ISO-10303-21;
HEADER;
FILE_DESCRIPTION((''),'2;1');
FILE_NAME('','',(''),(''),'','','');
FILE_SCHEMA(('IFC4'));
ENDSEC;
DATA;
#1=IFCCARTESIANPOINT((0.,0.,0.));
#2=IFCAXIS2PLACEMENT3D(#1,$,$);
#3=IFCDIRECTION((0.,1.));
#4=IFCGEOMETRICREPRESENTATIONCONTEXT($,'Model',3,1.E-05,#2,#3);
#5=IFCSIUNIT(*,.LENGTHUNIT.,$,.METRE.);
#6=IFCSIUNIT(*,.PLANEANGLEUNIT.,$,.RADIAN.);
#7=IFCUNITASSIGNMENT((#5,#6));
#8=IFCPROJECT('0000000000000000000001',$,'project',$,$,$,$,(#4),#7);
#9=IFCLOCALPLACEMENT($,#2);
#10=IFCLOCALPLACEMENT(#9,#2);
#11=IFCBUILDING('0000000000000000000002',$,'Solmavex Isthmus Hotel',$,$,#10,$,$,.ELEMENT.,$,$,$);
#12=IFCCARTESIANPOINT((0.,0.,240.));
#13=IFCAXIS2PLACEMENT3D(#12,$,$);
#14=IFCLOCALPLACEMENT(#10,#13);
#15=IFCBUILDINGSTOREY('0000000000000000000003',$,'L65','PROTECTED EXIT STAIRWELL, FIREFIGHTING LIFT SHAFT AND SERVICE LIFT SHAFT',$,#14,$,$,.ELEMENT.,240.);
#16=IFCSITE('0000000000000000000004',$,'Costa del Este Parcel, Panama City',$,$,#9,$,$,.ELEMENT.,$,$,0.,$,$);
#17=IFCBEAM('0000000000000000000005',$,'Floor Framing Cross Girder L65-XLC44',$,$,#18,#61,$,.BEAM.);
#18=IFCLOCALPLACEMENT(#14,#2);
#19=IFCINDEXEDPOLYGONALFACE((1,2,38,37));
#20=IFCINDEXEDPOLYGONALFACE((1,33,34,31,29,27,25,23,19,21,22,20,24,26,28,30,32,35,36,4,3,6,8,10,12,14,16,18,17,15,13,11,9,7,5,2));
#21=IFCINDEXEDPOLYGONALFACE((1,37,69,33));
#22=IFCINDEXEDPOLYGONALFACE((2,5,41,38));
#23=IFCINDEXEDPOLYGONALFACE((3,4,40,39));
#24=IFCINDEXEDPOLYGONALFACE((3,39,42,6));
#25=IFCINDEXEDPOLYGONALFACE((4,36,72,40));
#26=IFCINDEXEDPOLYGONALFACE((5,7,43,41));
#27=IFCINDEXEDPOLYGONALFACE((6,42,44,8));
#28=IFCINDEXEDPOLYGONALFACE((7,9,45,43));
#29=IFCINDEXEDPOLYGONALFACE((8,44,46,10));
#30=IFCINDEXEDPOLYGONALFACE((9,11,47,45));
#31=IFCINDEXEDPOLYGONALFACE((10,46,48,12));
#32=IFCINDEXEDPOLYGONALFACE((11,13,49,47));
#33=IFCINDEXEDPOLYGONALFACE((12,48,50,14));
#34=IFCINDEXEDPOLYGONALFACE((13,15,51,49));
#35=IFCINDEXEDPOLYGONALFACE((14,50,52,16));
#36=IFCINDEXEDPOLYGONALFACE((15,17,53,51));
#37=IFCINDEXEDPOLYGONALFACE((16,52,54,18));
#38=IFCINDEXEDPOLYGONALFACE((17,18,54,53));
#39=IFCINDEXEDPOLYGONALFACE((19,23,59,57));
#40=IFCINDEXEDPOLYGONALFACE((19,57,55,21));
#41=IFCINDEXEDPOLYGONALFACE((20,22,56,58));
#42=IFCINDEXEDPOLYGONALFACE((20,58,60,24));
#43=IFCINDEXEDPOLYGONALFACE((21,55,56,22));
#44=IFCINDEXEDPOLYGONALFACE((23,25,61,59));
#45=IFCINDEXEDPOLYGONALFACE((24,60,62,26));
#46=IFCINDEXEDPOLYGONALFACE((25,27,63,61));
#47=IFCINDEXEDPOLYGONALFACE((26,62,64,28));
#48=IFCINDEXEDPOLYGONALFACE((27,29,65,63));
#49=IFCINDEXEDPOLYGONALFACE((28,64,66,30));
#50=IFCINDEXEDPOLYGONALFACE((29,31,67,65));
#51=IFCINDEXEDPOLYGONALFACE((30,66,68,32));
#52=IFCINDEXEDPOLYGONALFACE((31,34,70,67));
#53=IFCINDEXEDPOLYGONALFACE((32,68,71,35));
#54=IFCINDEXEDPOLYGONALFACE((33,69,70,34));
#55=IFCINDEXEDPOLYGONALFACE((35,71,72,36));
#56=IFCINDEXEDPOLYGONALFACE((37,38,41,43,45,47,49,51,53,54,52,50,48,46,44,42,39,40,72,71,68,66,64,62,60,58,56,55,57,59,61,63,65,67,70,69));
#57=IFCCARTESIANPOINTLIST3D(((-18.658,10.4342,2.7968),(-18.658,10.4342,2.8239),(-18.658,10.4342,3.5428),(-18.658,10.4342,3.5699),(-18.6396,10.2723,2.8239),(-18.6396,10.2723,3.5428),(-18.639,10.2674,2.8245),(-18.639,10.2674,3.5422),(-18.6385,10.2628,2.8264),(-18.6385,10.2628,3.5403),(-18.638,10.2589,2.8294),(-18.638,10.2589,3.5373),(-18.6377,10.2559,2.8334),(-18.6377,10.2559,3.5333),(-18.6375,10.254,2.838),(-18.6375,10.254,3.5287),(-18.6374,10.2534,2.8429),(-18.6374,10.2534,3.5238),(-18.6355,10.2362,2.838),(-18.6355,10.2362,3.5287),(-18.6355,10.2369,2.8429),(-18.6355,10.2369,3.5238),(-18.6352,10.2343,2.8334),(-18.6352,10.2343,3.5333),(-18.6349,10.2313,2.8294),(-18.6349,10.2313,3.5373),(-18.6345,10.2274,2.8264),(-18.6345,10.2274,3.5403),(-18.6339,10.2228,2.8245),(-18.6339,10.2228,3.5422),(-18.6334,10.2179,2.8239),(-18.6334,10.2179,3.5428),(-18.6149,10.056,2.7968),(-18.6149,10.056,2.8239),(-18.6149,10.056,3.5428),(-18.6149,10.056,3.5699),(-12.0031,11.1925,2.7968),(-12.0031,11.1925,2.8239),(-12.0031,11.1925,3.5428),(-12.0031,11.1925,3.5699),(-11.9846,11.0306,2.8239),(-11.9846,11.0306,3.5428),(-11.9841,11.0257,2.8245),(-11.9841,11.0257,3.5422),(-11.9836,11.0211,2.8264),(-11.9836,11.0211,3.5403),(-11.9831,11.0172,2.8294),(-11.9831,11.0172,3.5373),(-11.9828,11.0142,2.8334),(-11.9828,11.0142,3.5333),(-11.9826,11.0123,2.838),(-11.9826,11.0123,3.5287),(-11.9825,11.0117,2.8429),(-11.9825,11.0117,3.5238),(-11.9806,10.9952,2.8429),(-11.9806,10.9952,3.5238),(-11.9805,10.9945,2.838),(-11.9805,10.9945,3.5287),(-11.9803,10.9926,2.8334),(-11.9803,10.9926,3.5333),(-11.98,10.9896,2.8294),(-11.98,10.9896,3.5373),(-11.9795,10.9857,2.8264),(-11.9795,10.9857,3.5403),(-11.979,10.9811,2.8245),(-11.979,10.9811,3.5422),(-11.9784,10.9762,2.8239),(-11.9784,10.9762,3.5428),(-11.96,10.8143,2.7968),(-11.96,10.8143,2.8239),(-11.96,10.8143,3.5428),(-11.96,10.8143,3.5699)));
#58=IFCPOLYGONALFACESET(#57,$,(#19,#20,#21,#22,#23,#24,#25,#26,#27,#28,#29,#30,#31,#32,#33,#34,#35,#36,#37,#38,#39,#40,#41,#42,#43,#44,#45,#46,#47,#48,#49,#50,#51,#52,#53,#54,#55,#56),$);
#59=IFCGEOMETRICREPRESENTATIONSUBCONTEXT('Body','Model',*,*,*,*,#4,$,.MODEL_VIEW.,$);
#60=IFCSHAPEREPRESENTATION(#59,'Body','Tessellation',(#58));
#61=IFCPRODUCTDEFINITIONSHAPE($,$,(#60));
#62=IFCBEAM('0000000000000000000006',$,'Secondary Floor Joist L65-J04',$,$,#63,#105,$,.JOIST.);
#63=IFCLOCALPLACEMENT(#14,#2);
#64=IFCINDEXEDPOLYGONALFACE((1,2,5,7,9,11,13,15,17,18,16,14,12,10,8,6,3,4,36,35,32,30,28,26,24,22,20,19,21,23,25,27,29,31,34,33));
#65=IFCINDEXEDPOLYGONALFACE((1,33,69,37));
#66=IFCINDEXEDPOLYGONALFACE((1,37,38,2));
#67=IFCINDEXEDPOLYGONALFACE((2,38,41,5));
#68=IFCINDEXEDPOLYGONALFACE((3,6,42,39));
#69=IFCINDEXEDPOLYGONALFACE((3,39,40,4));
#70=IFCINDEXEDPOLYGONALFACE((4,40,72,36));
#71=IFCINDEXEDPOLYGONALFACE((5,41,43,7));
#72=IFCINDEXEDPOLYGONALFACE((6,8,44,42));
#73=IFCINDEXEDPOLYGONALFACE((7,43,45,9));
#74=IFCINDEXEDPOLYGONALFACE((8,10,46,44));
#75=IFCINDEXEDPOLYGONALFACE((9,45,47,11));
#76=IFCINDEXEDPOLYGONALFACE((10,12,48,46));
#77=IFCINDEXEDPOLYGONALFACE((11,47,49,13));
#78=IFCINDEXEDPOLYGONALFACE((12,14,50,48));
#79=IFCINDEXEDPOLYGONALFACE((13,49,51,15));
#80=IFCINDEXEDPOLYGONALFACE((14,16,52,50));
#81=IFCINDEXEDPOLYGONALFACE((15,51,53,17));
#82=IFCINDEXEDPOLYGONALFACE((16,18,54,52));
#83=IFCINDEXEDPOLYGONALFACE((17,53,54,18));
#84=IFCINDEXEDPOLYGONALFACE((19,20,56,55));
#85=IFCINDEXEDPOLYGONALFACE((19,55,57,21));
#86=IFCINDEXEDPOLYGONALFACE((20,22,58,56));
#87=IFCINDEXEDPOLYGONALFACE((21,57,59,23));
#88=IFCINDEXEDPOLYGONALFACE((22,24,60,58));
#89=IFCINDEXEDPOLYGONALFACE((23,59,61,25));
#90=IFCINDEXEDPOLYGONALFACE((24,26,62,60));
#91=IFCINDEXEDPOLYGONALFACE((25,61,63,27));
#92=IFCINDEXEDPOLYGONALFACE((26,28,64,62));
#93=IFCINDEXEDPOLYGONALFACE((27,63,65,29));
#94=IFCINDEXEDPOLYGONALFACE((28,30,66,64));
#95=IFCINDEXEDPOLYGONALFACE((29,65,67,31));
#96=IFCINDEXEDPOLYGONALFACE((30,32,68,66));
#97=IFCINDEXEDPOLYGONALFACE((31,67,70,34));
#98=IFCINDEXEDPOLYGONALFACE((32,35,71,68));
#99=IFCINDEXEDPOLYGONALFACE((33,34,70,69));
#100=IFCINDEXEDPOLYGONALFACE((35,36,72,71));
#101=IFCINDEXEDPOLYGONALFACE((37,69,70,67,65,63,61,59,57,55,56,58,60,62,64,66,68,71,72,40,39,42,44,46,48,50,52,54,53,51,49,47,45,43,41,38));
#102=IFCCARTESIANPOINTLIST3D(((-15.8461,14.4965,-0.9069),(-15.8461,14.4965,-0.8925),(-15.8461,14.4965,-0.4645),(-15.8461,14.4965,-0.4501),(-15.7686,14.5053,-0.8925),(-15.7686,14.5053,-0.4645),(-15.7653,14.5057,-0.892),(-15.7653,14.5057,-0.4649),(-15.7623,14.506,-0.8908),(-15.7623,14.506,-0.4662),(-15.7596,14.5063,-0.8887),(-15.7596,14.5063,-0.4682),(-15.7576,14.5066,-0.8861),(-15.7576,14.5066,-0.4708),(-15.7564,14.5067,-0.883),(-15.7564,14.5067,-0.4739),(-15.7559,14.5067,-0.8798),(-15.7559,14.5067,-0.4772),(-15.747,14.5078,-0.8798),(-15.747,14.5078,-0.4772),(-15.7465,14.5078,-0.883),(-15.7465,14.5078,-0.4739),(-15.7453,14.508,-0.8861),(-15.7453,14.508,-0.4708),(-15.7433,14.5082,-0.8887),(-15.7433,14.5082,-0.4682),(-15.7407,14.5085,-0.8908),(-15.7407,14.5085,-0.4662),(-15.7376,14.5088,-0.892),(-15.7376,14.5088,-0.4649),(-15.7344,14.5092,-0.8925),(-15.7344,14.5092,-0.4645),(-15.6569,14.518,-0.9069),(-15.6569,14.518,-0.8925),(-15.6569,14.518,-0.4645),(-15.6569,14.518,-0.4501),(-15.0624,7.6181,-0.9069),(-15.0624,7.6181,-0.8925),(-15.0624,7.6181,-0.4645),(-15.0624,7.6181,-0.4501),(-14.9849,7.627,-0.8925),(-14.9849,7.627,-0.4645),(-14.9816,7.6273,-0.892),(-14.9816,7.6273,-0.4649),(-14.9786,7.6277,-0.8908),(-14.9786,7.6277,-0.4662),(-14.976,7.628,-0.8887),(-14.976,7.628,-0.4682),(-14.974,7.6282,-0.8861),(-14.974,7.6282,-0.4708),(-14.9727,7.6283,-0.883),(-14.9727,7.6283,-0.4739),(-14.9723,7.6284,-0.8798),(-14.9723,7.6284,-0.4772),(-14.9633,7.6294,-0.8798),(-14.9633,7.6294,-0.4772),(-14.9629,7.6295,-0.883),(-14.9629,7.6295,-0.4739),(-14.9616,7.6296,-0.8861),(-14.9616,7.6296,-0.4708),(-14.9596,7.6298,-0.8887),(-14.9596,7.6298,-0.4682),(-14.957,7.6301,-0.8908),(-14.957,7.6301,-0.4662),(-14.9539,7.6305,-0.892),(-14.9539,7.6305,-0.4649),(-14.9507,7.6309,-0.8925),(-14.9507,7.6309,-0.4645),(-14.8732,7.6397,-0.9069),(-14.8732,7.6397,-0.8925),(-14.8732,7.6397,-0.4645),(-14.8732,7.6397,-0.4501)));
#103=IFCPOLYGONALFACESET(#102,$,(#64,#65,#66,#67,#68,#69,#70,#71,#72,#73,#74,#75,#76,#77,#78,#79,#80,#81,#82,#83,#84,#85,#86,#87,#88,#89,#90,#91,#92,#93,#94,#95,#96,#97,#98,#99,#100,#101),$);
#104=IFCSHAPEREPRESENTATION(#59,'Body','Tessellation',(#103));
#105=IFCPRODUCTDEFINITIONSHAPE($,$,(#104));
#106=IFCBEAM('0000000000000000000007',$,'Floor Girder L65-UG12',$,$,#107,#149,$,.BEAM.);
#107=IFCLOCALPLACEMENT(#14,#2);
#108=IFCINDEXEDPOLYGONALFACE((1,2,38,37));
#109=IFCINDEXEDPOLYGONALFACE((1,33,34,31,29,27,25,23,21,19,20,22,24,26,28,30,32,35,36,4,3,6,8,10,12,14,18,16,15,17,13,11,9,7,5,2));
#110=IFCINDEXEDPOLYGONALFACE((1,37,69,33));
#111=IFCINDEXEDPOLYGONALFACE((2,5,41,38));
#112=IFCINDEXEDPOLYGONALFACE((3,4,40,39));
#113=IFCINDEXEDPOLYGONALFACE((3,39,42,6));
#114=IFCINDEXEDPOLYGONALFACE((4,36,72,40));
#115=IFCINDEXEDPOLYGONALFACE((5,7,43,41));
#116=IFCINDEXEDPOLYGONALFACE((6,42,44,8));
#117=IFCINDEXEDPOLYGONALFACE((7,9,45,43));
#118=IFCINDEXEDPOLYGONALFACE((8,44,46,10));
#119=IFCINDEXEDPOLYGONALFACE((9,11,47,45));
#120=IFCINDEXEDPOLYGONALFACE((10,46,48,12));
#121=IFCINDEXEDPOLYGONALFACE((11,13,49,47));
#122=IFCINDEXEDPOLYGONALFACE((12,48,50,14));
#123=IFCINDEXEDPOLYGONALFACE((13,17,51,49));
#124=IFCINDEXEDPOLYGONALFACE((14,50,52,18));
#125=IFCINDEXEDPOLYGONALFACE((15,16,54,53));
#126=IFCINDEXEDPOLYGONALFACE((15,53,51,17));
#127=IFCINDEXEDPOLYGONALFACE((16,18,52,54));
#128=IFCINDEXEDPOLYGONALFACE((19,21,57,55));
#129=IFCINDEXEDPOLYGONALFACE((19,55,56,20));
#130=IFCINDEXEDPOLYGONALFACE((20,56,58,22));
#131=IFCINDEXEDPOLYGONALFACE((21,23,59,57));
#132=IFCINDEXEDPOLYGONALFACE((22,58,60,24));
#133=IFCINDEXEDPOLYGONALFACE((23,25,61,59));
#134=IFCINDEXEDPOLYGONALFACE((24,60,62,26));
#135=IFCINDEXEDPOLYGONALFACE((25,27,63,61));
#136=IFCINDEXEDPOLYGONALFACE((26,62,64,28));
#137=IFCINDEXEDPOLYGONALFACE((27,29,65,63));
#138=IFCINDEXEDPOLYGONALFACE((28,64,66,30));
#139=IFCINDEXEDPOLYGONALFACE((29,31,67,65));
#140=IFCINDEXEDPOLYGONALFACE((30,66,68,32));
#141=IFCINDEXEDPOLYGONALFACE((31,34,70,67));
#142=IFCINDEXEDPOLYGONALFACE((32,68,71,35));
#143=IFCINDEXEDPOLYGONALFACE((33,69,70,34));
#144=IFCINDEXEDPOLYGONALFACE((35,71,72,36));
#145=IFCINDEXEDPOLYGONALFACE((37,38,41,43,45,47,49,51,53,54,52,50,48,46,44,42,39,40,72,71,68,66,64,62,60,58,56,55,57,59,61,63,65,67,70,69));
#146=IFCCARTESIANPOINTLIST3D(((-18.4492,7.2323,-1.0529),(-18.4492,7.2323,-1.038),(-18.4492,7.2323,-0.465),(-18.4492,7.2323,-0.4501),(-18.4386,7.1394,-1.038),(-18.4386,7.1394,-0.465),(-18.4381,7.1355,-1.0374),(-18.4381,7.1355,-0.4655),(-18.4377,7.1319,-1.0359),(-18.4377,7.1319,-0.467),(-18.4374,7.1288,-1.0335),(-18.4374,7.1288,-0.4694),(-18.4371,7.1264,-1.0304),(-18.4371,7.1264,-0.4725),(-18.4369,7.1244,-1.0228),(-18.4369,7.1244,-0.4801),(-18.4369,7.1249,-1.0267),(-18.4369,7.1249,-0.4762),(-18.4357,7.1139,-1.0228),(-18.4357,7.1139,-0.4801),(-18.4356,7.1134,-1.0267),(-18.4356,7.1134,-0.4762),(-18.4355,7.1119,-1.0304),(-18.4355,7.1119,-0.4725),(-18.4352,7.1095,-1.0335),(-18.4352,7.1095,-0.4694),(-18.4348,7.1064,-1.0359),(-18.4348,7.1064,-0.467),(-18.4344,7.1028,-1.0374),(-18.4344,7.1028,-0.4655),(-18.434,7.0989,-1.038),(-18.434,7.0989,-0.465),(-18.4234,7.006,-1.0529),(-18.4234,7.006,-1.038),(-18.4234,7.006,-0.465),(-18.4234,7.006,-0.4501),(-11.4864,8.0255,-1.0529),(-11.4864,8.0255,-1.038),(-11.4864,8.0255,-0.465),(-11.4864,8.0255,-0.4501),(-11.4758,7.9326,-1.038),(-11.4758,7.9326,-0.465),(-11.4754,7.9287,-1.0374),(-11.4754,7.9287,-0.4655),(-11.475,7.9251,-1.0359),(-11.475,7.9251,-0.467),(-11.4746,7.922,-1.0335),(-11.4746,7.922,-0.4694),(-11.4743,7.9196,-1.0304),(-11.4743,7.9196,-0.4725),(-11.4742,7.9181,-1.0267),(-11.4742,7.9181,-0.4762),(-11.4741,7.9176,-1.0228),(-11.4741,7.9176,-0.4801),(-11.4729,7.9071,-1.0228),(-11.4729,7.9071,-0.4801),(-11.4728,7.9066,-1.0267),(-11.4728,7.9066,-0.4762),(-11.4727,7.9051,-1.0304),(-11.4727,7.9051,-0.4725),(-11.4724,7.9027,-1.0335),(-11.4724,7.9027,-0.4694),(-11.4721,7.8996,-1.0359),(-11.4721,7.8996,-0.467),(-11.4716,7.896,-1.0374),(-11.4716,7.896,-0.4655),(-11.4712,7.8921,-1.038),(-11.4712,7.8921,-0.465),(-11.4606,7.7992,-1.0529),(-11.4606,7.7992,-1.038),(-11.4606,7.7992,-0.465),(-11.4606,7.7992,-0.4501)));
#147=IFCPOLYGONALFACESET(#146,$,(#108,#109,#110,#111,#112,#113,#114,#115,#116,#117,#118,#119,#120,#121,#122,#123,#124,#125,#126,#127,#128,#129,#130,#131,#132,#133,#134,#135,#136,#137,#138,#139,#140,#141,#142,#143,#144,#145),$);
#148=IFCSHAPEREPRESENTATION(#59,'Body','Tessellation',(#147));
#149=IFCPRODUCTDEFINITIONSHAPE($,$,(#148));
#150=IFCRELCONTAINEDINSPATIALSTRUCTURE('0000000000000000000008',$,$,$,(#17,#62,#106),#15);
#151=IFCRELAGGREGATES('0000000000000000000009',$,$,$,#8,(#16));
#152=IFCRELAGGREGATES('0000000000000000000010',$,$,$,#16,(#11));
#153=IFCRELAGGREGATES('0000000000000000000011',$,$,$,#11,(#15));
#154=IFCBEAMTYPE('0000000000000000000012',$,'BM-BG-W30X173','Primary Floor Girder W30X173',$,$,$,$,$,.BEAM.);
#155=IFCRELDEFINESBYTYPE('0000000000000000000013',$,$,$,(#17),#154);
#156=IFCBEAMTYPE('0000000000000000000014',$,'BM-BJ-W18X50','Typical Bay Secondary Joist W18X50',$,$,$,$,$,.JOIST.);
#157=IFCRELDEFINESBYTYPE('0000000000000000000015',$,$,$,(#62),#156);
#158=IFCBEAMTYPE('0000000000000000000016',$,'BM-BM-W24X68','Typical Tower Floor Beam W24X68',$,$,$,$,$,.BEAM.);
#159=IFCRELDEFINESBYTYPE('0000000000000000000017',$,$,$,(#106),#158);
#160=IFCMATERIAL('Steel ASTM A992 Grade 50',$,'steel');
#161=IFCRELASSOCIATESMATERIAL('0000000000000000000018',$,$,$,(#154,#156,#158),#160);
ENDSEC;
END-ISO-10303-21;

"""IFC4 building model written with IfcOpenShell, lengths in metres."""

from ifc_helpers import new_model, si_unit, direction, frame, origin, origin_2d, place, context, subcontext, project, spatial, i_section, extrude, material, material_profile, profile_set, type_object, element, save


model = new_model("IFC4")

# Units and contexts
model_context = context("Model", 3, precision=1e-05, world=origin(), true_north=direction((0.0, 1.0)))
body_context = subcontext(model_context, "Body", "Model", "MODEL_VIEW")
ifc_project = project(units=[si_unit("LENGTHUNIT", "METRE"), si_unit("PLANEANGLEUNIT", "RADIAN")], contexts=[model_context])

# Site, building, storey
site_placement = place(None, origin())
site = spatial("IfcSite", under=ifc_project, at=site_placement, Name="Costa del Este Parcel, Panama City", CompositionType="ELEMENT", RefElevation=0.0)
building_placement = place(site_placement, origin())
building = spatial("IfcBuilding", under=site, at=building_placement, Name="Solmavex Isthmus Hotel", CompositionType="ELEMENT")
storey_placement = place(building_placement, frame((0.0, 0.0, 240.0)))
storey = spatial("IfcBuildingStorey", under=building, at=storey_placement, Name="L65", Description="PROTECTED EXIT STAIRWELL, FIREFIGHTING LIFT SHAFT AND SERVICE LIFT SHAFT", CompositionType="ELEMENT", Elevation=240.0)

# Beams
ifc_material_1 = material(Name="Steel ASTM A992 Grade 50", Category="steel")
ifc_material_profile_1 = material_profile(ifc_material_1, i_section(OverallWidth=0.3806, OverallDepth=0.7732, WebThickness=0.0166, FlangeThickness=0.0271, FilletRadius=0.019, at=origin_2d()), Name="W30X173")
ifc_profile_set_1 = profile_set([ifc_material_profile_1], Name="Steel ASTM A992 Grade 50")
beam_type_1 = type_object("IfcBeamType", Name="BM-BG-W30X173", Description="Primary Floor Girder W30X173", PredefinedType="BEAM", material=ifc_profile_set_1)
for number, where, z_axis, x_axis, name in (
    (1, (-18.6365, 10.2451, 3.1833), (0.993571, 0.113211, 0.0), (-0.113211, 0.993571, 0.0), "Floor Framing Cross Girder L65-XLC44"),
):
    element("IfcBeam", number, at=place(storey_placement, frame(where, z_axis=z_axis, x_axis=x_axis)), inside=storey, type_object=beam_type_1, Name=name, PredefinedType="BEAM", context=body_context, shape_type="SweptSolid", body=[
        extrude(i_section(OverallWidth=0.3806, OverallDepth=0.7732, WebThickness=0.0166, FlangeThickness=0.0271, FilletRadius=0.019, at=origin_2d()), origin(), (0.0, 0.0, 1.0), 6.698),
    ])
ifc_material_profile_2 = material_profile(ifc_material_1, i_section(OverallWidth=0.1904, OverallDepth=0.4568, WebThickness=0.009, FlangeThickness=0.0144, FilletRadius=0.0127, at=origin_2d()), Name="W18X50")
ifc_profile_set_2 = profile_set([ifc_material_profile_2], Name="Steel ASTM A992 Grade 50")
beam_type_2 = type_object("IfcBeamType", Name="BM-BJ-W18X50", Description="Typical Bay Secondary Joist W18X50", PredefinedType="JOIST", material=ifc_profile_set_2)
beam_1_placement = place(storey_placement, frame((-14.9678, 7.6289, -0.6785), z_axis=(-0.113202, 0.993572, 0.0), x_axis=(-0.993572, -0.113202, 0.0)))
element("IfcBeam", 2, at=beam_1_placement, inside=storey, type_object=beam_type_2, Name="Secondary Floor Joist L65-J04", PredefinedType="JOIST", context=body_context, shape_type="SweptSolid", body=[
    extrude(i_section(OverallWidth=0.1904, OverallDepth=0.4568, WebThickness=0.009, FlangeThickness=0.0144, FilletRadius=0.0127, at=origin_2d()), origin(), (0.0, 0.0, 1.0), 6.9229),
])
ifc_material_profile_3 = material_profile(ifc_material_1, i_section(OverallWidth=0.2278, OverallDepth=0.6028, WebThickness=0.0105, FlangeThickness=0.0149, FilletRadius=0.0151, at=origin_2d()), Name="W24X68")
ifc_profile_set_3 = profile_set([ifc_material_profile_3], Name="Steel ASTM A992 Grade 50")
beam_type_3 = type_object("IfcBeamType", Name="BM-BM-W24X68", Description="Typical Tower Floor Beam W24X68", PredefinedType="BEAM", material=ifc_profile_set_3)
beam_2_placement = place(storey_placement, frame((-18.4363, 7.1191, -0.7515), z_axis=(0.993574, 0.113188, 0.0), x_axis=(-0.113188, 0.993574, 0.0)))
element("IfcBeam", 3, at=beam_2_placement, inside=storey, type_object=beam_type_3, Name="Floor Girder L65-UG12", PredefinedType="BEAM", context=body_context, shape_type="SweptSolid", body=[
    extrude(i_section(OverallWidth=0.2278, OverallDepth=0.6028, WebThickness=0.0105, FlangeThickness=0.0149, FilletRadius=0.0151, at=origin_2d()), origin(), (0.0, 0.0, 1.0), 7.0078),
])

save(model, "model.ifc")
